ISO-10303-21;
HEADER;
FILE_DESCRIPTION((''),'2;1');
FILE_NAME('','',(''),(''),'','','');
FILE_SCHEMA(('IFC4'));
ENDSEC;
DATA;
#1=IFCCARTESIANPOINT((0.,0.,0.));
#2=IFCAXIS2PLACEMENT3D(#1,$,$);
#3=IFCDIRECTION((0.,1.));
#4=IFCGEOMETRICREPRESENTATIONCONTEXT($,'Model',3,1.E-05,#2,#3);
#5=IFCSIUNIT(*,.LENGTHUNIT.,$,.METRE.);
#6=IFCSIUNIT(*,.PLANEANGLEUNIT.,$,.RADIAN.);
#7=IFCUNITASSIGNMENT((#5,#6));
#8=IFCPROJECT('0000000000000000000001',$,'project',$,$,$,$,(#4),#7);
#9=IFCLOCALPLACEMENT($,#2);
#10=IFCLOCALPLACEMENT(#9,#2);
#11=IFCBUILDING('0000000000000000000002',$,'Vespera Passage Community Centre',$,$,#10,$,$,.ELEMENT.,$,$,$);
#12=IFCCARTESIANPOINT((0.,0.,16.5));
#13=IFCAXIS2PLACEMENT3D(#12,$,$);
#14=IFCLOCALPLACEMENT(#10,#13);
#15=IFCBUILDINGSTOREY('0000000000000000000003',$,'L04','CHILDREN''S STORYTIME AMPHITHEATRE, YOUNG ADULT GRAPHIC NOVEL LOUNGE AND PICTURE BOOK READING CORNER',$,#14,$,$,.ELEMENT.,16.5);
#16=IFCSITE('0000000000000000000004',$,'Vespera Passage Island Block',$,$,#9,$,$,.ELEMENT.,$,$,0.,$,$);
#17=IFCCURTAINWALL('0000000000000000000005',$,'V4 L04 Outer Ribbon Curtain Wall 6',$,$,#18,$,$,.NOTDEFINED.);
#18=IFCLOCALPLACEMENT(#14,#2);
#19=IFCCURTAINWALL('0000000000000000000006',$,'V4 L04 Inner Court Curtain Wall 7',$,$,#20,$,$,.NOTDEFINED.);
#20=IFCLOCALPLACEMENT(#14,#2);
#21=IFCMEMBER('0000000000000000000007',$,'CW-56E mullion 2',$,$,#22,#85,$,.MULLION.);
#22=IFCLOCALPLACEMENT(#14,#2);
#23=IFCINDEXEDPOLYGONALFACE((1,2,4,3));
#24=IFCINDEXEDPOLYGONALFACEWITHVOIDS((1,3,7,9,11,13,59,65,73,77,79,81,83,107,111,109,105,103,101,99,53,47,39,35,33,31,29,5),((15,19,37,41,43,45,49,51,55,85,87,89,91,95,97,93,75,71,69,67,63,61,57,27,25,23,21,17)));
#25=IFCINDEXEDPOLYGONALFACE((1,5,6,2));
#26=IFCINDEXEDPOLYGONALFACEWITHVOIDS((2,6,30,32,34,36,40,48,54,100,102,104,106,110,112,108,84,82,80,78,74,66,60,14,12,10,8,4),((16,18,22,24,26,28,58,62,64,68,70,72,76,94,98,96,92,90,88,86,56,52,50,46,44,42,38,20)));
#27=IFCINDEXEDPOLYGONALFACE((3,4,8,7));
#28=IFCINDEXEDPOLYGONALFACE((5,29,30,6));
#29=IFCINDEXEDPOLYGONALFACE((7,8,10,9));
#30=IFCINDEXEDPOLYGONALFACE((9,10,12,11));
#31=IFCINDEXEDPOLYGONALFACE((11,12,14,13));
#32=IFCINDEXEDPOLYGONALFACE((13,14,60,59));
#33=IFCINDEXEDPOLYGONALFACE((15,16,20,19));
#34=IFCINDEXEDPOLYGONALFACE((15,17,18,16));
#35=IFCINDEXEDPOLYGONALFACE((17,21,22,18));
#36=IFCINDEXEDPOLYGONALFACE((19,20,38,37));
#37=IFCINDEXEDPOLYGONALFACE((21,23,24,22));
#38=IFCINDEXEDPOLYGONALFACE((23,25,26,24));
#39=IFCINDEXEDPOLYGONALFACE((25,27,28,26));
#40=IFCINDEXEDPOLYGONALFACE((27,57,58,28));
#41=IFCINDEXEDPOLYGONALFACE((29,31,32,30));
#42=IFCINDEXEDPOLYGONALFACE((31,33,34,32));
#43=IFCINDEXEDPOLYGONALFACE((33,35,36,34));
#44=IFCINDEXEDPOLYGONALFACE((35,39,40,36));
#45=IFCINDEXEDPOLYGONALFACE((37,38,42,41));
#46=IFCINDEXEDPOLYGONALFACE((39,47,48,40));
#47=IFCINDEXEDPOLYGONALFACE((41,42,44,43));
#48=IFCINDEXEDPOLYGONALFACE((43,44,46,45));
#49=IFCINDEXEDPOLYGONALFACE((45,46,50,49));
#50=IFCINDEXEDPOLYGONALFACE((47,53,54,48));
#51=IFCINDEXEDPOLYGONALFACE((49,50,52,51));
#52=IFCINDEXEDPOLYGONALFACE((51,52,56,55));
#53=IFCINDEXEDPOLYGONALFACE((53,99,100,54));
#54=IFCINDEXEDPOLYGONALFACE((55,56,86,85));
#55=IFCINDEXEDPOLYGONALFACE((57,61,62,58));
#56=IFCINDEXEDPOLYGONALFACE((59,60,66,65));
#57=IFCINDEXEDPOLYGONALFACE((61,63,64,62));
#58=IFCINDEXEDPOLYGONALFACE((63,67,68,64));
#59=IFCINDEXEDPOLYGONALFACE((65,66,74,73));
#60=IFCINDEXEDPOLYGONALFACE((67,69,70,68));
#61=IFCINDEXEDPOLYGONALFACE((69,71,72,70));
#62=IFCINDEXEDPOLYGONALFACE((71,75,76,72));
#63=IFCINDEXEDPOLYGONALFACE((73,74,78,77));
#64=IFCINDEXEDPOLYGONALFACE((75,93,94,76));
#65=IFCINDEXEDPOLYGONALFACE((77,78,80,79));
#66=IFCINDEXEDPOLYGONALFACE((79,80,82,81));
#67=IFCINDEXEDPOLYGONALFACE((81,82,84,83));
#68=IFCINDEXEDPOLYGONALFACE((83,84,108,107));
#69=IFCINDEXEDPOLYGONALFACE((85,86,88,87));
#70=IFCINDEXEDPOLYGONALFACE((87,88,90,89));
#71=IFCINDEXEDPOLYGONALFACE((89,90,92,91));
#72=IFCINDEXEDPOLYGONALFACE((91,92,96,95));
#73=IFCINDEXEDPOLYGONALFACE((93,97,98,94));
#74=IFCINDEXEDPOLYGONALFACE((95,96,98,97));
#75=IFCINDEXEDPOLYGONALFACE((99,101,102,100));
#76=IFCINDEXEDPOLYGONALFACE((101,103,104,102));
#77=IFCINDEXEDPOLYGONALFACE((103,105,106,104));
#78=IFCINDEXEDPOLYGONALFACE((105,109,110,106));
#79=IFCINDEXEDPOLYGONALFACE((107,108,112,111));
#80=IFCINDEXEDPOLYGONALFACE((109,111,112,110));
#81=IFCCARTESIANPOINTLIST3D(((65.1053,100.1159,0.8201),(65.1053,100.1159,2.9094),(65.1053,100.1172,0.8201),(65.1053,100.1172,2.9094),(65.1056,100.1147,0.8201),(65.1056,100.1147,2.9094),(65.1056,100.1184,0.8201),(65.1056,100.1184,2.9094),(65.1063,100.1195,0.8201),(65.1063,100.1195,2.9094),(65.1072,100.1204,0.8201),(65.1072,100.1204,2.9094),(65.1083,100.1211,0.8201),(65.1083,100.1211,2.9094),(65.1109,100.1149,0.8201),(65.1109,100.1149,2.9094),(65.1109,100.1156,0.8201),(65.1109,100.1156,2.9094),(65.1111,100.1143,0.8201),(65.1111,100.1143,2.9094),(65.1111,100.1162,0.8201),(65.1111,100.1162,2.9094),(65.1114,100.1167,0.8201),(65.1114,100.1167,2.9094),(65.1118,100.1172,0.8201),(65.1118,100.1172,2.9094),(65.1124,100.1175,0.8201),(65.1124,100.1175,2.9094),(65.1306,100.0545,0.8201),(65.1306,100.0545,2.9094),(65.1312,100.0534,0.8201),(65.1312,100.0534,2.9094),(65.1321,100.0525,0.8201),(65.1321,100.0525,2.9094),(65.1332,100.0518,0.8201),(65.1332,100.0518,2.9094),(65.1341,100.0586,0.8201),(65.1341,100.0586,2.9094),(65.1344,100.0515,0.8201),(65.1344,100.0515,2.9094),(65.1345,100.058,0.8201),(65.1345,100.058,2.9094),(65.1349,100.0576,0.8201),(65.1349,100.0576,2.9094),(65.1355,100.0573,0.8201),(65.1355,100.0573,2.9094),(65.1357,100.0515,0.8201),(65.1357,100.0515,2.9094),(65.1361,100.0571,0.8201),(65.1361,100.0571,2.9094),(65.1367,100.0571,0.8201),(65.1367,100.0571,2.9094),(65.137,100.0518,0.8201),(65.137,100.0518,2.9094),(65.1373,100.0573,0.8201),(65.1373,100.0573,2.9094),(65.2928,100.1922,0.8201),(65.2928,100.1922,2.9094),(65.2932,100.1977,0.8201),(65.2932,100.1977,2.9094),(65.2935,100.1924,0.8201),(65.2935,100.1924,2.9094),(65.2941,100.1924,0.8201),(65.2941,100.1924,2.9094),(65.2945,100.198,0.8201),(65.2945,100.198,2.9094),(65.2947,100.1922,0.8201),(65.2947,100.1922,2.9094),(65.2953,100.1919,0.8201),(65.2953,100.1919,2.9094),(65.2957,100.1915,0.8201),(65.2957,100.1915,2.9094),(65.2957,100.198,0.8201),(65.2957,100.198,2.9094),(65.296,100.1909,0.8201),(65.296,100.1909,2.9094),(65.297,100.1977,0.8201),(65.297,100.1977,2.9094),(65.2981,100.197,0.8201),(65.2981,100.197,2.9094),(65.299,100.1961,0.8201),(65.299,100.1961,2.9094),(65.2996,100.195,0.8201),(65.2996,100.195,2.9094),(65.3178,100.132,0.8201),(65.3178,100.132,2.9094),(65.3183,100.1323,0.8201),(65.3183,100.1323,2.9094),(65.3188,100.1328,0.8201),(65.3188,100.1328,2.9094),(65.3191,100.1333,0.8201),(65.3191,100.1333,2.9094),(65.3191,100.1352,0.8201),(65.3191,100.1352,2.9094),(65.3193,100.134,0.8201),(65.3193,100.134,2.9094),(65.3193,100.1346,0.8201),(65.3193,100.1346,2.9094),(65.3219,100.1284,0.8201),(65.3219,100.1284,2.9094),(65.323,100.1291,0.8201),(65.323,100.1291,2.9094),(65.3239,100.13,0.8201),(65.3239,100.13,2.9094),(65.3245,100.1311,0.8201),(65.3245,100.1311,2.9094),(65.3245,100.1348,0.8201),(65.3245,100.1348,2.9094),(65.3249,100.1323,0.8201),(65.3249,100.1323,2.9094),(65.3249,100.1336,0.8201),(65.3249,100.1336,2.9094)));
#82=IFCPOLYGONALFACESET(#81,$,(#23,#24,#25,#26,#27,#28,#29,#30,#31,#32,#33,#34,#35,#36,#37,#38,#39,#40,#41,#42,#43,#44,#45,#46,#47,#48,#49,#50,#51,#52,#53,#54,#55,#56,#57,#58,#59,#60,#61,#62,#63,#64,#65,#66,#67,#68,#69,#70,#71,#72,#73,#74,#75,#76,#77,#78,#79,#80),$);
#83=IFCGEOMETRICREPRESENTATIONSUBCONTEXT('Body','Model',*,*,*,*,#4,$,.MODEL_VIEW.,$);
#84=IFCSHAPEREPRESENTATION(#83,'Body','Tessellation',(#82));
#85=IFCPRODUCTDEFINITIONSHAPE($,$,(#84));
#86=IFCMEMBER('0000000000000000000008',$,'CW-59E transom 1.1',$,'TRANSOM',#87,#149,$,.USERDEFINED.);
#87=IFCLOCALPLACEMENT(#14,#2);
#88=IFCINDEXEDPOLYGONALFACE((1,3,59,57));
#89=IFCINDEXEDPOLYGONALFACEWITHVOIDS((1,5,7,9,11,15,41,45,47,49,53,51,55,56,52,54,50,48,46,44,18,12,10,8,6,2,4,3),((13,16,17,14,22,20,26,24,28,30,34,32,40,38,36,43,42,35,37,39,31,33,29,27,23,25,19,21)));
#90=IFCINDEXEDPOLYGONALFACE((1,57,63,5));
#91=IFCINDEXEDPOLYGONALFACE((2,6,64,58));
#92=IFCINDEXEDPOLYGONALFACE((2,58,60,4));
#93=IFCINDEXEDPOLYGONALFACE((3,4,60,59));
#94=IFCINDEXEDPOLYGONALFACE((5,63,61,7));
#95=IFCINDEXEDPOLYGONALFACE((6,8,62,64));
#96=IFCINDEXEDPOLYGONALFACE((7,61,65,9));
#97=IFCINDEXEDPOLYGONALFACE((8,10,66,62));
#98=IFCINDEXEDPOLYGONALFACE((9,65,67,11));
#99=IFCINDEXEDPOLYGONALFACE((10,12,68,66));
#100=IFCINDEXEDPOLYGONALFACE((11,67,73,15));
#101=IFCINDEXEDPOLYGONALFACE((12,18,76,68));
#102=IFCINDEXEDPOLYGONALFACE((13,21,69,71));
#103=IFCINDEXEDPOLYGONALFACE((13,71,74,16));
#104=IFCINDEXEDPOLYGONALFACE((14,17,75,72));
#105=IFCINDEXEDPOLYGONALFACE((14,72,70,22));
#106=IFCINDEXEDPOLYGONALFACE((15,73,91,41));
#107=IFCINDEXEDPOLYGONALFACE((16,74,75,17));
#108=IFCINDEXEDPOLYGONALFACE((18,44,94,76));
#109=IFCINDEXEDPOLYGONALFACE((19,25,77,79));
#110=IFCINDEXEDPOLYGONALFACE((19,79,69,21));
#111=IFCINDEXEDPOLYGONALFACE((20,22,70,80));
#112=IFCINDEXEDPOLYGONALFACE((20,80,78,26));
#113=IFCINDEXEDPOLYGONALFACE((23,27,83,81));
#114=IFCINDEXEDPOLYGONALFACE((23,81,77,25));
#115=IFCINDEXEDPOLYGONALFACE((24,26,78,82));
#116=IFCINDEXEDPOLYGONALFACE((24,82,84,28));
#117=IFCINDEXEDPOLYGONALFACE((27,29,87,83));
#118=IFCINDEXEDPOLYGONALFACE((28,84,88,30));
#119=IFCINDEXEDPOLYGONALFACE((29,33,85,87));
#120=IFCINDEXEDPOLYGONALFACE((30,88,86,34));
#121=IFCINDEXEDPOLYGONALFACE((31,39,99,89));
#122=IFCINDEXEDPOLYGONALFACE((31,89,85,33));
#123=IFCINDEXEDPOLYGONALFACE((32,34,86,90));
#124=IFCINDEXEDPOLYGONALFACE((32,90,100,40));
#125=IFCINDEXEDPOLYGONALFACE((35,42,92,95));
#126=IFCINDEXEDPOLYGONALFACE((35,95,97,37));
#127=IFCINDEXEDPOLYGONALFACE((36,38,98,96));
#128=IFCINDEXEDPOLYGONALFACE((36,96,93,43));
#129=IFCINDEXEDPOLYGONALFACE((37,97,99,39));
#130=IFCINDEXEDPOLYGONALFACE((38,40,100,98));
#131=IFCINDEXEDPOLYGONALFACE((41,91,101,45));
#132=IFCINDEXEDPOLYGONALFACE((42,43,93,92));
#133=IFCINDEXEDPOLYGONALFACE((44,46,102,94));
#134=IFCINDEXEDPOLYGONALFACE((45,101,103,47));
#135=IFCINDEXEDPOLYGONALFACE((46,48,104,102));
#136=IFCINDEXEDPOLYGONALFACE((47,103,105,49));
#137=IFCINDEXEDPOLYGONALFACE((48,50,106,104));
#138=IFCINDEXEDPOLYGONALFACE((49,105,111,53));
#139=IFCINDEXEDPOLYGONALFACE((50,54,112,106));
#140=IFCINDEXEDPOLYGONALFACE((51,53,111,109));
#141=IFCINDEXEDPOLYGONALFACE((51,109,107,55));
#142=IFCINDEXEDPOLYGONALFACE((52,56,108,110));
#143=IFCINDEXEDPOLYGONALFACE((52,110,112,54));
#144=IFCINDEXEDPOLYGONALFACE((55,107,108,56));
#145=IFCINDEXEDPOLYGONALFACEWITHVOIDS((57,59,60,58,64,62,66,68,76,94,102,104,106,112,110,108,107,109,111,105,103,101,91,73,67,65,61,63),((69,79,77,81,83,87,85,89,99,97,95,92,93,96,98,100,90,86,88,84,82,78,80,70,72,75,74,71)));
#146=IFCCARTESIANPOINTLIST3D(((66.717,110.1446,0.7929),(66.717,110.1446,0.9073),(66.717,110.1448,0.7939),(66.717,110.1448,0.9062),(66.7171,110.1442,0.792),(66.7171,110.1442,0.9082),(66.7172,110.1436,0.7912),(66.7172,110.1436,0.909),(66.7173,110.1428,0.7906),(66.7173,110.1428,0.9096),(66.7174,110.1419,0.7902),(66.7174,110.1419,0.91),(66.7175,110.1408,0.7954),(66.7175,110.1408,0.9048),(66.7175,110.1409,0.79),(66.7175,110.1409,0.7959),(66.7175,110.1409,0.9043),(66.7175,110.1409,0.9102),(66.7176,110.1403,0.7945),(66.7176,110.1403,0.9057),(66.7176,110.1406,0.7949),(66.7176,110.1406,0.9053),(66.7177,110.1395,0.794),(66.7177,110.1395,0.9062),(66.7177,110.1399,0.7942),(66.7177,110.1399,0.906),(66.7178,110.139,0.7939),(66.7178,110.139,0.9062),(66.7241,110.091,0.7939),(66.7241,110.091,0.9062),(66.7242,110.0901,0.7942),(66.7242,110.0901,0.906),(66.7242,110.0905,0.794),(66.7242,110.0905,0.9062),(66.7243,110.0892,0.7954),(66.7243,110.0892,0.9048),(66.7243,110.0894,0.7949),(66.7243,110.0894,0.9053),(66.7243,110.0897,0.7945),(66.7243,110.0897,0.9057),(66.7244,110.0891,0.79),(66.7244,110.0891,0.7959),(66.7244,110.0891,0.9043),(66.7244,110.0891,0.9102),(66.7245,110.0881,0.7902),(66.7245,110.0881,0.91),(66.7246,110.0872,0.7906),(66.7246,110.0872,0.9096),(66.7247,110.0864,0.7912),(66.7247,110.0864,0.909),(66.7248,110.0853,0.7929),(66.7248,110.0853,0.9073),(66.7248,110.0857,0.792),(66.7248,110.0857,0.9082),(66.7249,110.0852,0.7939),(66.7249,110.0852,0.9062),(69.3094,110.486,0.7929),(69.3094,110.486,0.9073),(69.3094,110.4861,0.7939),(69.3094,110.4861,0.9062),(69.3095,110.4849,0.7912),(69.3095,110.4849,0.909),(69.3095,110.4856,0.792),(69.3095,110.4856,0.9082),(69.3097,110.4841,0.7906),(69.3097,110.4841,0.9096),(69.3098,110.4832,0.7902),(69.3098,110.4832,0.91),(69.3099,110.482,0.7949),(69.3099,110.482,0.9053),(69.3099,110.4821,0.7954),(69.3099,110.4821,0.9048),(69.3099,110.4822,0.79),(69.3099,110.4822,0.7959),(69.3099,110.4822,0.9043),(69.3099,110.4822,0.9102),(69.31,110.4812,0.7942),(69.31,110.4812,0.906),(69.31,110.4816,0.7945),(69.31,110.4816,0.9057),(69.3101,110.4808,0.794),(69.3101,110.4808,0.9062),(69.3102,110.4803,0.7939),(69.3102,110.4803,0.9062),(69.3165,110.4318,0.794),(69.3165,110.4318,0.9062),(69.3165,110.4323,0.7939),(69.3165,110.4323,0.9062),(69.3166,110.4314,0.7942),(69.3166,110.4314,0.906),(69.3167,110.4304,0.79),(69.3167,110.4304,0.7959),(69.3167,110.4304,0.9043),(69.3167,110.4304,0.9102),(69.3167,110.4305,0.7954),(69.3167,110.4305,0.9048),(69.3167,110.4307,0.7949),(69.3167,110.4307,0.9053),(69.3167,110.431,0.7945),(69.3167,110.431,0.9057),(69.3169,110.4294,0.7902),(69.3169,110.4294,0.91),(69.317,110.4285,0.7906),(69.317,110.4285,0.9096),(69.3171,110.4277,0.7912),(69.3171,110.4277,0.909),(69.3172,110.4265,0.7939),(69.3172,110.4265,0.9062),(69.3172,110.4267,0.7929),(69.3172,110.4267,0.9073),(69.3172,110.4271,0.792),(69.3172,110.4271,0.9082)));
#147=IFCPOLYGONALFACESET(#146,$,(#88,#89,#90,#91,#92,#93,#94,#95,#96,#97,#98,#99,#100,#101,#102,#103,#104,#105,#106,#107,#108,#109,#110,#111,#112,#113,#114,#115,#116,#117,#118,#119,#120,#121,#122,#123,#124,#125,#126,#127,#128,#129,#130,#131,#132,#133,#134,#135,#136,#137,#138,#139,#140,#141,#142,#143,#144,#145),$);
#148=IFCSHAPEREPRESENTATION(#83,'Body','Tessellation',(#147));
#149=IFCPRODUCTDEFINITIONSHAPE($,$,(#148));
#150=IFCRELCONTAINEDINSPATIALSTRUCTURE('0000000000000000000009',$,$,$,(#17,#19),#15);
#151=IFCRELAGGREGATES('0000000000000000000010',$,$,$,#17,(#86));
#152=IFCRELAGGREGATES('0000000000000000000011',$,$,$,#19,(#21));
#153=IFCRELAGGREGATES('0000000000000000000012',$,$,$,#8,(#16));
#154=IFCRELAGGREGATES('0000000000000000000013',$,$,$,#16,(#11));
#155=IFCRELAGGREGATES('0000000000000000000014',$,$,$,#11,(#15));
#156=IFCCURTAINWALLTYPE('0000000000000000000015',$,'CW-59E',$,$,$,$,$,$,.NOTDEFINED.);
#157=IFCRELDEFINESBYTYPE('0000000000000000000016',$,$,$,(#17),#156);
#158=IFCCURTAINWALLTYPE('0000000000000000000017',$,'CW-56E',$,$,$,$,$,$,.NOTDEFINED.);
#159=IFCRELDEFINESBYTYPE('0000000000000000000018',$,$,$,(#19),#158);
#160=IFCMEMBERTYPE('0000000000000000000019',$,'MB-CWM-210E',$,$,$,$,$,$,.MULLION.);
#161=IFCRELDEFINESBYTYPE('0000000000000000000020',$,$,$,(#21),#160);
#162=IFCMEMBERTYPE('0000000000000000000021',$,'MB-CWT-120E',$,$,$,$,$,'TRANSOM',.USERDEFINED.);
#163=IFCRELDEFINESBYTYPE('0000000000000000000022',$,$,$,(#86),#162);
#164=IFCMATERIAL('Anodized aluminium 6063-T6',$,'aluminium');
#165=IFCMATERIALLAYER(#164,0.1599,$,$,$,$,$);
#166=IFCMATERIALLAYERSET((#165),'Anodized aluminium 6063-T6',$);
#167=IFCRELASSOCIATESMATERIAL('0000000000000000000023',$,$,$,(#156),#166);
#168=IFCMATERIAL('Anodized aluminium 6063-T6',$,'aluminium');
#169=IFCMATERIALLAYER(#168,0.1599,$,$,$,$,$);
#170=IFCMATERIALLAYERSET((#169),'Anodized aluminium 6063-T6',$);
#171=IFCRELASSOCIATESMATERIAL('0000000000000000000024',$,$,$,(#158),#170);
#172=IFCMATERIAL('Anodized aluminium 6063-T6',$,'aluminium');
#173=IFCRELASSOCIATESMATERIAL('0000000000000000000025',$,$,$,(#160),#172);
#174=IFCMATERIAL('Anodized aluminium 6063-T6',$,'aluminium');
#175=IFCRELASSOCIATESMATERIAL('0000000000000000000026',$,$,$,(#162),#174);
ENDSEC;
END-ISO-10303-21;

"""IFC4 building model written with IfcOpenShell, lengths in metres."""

from ifc_helpers import new_model, si_unit, direction, frame, origin, origin_2d, place, context, subcontext, project, spatial, hollow_rectangle, extrude, material, layer, layer_set, material_profile, profile_set, type_object, element, aggregate, save


model = new_model("IFC4")

# Units and contexts
model_context = context("Model", 3, precision=1e-05, world=origin(), true_north=direction((0.0, 1.0)))
body_context = subcontext(model_context, "Body", "Model", "MODEL_VIEW")
ifc_project = project(units=[si_unit("LENGTHUNIT", "METRE"), si_unit("PLANEANGLEUNIT", "RADIAN")], contexts=[model_context])

# Site, building, storey
site_placement = place(None, origin())
site = spatial("IfcSite", under=ifc_project, at=site_placement, Name="Vespera Passage Island Block", CompositionType="ELEMENT", RefElevation=0.0)
building_placement = place(site_placement, origin())
building = spatial("IfcBuilding", under=site, at=building_placement, Name="Vespera Passage Community Centre", CompositionType="ELEMENT")
storey_placement = place(building_placement, frame((0.0, 0.0, 16.5)))
storey = spatial("IfcBuildingStorey", under=building, at=storey_placement, Name="L04", Description="CHILDREN'S STORYTIME AMPHITHEATRE, YOUNG ADULT GRAPHIC NOVEL LOUNGE AND PICTURE BOOK READING CORNER", CompositionType="ELEMENT", Elevation=16.5)

# Curtain wall
ifc_material_1 = material(Name="Anodized aluminium 6063-T6", Category="aluminium")
ifc_layer_1 = layer(ifc_material_1, 0.1599)
ifc_layer_set_1 = layer_set([ifc_layer_1], Name="Anodized aluminium 6063-T6")
curtain_wall_type_1 = type_object("IfcCurtainWallType", Name="CW-59E", PredefinedType="NOTDEFINED", material=ifc_layer_set_1)
curtain_wall_1_placement = place(storey_placement, origin())
curtain_wall_1 = element("IfcCurtainWall", 1, at=curtain_wall_1_placement, inside=storey, type_object=curtain_wall_type_1, Name="V4 L04 Outer Ribbon Curtain Wall 6", PredefinedType="NOTDEFINED")

# Curtain wall, member
ifc_material_2 = material(Name="Anodized aluminium 6063-T6", Category="aluminium")
ifc_layer_2 = layer(ifc_material_2, 0.1599)
ifc_layer_set_2 = layer_set([ifc_layer_2], Name="Anodized aluminium 6063-T6")
curtain_wall_type_2 = type_object("IfcCurtainWallType", Name="CW-56E", PredefinedType="NOTDEFINED", material=ifc_layer_set_2)
curtain_wall_2_placement = place(storey_placement, origin())
curtain_wall_2 = element("IfcCurtainWall", 2, at=curtain_wall_2_placement, inside=storey, type_object=curtain_wall_type_2, Name="V4 L04 Inner Court Curtain Wall 7", PredefinedType="NOTDEFINED")
ifc_material_3 = material(Name="Anodized aluminium 6063-T6", Category="aluminium")
ifc_material_profile_1 = material_profile(ifc_material_3, hollow_rectangle(XDim=0.075, YDim=0.21, WallThickness=0.0049, InnerFilletRadius=0.0024, OuterFilletRadius=0.0049, at=origin_2d()), Name="ALU210X75X5")
ifc_profile_set_1 = profile_set([ifc_material_profile_1], Name="Anodized aluminium 6063-T6")
member_type_1 = type_object("IfcMemberType", Name="MB-CWM-210E", PredefinedType="MULLION", material=ifc_profile_set_1)
member_1_placement = place(storey_placement, frame((65.2151, 100.1248, 0.8201), z_axis=(0.0, 0.0, 1.0), x_axis=(0.38269, -0.923877, 0.0)))
member_1 = element("IfcMember", 3, at=member_1_placement, type_object=member_type_1, Name="CW-56E mullion 2", PredefinedType="MULLION", context=body_context, shape_type="SweptSolid", body=[
    extrude(hollow_rectangle(XDim=0.075, YDim=0.21, WallThickness=0.0049, InnerFilletRadius=0.0024, OuterFilletRadius=0.0049, at=origin_2d()), origin(), (0.0, 0.0, 1.0), 2.0894),
])

# Member
ifc_material_4 = material(Name="Anodized aluminium 6063-T6", Category="aluminium")
ifc_material_profile_2 = material_profile(ifc_material_4, hollow_rectangle(XDim=0.0601, YDim=0.1201, WallThickness=0.0039, InnerFilletRadius=0.002, OuterFilletRadius=0.0039, at=origin_2d()), Name="ALU120X60X4")
ifc_profile_set_2 = profile_set([ifc_material_profile_2], Name="Anodized aluminium 6063-T6")
member_type_2 = type_object("IfcMemberType", Name="MB-CWT-120E", ElementType="TRANSOM", PredefinedType="USERDEFINED", material=ifc_profile_set_2)
member_2_placement = place(storey_placement, frame((66.7209, 110.115, 0.8501), z_axis=(0.991443, 0.130537, 0.0), x_axis=(-0.130537, 0.991443, 0.0)))
member_2 = element("IfcMember", 4, at=member_2_placement, type_object=member_type_2, Name="CW-59E transom 1.1", ObjectType="TRANSOM", PredefinedType="USERDEFINED", context=body_context, shape_type="SweptSolid", body=[
    extrude(hollow_rectangle(XDim=0.0601, YDim=0.1201, WallThickness=0.0039, InnerFilletRadius=0.002, OuterFilletRadius=0.0039, at=origin_2d()), origin(), (0.0, 0.0, 1.0), 2.6147),
])

aggregate(curtain_wall_1, [member_2])
aggregate(curtain_wall_2, [member_1])

save(model, "model.ifc")
